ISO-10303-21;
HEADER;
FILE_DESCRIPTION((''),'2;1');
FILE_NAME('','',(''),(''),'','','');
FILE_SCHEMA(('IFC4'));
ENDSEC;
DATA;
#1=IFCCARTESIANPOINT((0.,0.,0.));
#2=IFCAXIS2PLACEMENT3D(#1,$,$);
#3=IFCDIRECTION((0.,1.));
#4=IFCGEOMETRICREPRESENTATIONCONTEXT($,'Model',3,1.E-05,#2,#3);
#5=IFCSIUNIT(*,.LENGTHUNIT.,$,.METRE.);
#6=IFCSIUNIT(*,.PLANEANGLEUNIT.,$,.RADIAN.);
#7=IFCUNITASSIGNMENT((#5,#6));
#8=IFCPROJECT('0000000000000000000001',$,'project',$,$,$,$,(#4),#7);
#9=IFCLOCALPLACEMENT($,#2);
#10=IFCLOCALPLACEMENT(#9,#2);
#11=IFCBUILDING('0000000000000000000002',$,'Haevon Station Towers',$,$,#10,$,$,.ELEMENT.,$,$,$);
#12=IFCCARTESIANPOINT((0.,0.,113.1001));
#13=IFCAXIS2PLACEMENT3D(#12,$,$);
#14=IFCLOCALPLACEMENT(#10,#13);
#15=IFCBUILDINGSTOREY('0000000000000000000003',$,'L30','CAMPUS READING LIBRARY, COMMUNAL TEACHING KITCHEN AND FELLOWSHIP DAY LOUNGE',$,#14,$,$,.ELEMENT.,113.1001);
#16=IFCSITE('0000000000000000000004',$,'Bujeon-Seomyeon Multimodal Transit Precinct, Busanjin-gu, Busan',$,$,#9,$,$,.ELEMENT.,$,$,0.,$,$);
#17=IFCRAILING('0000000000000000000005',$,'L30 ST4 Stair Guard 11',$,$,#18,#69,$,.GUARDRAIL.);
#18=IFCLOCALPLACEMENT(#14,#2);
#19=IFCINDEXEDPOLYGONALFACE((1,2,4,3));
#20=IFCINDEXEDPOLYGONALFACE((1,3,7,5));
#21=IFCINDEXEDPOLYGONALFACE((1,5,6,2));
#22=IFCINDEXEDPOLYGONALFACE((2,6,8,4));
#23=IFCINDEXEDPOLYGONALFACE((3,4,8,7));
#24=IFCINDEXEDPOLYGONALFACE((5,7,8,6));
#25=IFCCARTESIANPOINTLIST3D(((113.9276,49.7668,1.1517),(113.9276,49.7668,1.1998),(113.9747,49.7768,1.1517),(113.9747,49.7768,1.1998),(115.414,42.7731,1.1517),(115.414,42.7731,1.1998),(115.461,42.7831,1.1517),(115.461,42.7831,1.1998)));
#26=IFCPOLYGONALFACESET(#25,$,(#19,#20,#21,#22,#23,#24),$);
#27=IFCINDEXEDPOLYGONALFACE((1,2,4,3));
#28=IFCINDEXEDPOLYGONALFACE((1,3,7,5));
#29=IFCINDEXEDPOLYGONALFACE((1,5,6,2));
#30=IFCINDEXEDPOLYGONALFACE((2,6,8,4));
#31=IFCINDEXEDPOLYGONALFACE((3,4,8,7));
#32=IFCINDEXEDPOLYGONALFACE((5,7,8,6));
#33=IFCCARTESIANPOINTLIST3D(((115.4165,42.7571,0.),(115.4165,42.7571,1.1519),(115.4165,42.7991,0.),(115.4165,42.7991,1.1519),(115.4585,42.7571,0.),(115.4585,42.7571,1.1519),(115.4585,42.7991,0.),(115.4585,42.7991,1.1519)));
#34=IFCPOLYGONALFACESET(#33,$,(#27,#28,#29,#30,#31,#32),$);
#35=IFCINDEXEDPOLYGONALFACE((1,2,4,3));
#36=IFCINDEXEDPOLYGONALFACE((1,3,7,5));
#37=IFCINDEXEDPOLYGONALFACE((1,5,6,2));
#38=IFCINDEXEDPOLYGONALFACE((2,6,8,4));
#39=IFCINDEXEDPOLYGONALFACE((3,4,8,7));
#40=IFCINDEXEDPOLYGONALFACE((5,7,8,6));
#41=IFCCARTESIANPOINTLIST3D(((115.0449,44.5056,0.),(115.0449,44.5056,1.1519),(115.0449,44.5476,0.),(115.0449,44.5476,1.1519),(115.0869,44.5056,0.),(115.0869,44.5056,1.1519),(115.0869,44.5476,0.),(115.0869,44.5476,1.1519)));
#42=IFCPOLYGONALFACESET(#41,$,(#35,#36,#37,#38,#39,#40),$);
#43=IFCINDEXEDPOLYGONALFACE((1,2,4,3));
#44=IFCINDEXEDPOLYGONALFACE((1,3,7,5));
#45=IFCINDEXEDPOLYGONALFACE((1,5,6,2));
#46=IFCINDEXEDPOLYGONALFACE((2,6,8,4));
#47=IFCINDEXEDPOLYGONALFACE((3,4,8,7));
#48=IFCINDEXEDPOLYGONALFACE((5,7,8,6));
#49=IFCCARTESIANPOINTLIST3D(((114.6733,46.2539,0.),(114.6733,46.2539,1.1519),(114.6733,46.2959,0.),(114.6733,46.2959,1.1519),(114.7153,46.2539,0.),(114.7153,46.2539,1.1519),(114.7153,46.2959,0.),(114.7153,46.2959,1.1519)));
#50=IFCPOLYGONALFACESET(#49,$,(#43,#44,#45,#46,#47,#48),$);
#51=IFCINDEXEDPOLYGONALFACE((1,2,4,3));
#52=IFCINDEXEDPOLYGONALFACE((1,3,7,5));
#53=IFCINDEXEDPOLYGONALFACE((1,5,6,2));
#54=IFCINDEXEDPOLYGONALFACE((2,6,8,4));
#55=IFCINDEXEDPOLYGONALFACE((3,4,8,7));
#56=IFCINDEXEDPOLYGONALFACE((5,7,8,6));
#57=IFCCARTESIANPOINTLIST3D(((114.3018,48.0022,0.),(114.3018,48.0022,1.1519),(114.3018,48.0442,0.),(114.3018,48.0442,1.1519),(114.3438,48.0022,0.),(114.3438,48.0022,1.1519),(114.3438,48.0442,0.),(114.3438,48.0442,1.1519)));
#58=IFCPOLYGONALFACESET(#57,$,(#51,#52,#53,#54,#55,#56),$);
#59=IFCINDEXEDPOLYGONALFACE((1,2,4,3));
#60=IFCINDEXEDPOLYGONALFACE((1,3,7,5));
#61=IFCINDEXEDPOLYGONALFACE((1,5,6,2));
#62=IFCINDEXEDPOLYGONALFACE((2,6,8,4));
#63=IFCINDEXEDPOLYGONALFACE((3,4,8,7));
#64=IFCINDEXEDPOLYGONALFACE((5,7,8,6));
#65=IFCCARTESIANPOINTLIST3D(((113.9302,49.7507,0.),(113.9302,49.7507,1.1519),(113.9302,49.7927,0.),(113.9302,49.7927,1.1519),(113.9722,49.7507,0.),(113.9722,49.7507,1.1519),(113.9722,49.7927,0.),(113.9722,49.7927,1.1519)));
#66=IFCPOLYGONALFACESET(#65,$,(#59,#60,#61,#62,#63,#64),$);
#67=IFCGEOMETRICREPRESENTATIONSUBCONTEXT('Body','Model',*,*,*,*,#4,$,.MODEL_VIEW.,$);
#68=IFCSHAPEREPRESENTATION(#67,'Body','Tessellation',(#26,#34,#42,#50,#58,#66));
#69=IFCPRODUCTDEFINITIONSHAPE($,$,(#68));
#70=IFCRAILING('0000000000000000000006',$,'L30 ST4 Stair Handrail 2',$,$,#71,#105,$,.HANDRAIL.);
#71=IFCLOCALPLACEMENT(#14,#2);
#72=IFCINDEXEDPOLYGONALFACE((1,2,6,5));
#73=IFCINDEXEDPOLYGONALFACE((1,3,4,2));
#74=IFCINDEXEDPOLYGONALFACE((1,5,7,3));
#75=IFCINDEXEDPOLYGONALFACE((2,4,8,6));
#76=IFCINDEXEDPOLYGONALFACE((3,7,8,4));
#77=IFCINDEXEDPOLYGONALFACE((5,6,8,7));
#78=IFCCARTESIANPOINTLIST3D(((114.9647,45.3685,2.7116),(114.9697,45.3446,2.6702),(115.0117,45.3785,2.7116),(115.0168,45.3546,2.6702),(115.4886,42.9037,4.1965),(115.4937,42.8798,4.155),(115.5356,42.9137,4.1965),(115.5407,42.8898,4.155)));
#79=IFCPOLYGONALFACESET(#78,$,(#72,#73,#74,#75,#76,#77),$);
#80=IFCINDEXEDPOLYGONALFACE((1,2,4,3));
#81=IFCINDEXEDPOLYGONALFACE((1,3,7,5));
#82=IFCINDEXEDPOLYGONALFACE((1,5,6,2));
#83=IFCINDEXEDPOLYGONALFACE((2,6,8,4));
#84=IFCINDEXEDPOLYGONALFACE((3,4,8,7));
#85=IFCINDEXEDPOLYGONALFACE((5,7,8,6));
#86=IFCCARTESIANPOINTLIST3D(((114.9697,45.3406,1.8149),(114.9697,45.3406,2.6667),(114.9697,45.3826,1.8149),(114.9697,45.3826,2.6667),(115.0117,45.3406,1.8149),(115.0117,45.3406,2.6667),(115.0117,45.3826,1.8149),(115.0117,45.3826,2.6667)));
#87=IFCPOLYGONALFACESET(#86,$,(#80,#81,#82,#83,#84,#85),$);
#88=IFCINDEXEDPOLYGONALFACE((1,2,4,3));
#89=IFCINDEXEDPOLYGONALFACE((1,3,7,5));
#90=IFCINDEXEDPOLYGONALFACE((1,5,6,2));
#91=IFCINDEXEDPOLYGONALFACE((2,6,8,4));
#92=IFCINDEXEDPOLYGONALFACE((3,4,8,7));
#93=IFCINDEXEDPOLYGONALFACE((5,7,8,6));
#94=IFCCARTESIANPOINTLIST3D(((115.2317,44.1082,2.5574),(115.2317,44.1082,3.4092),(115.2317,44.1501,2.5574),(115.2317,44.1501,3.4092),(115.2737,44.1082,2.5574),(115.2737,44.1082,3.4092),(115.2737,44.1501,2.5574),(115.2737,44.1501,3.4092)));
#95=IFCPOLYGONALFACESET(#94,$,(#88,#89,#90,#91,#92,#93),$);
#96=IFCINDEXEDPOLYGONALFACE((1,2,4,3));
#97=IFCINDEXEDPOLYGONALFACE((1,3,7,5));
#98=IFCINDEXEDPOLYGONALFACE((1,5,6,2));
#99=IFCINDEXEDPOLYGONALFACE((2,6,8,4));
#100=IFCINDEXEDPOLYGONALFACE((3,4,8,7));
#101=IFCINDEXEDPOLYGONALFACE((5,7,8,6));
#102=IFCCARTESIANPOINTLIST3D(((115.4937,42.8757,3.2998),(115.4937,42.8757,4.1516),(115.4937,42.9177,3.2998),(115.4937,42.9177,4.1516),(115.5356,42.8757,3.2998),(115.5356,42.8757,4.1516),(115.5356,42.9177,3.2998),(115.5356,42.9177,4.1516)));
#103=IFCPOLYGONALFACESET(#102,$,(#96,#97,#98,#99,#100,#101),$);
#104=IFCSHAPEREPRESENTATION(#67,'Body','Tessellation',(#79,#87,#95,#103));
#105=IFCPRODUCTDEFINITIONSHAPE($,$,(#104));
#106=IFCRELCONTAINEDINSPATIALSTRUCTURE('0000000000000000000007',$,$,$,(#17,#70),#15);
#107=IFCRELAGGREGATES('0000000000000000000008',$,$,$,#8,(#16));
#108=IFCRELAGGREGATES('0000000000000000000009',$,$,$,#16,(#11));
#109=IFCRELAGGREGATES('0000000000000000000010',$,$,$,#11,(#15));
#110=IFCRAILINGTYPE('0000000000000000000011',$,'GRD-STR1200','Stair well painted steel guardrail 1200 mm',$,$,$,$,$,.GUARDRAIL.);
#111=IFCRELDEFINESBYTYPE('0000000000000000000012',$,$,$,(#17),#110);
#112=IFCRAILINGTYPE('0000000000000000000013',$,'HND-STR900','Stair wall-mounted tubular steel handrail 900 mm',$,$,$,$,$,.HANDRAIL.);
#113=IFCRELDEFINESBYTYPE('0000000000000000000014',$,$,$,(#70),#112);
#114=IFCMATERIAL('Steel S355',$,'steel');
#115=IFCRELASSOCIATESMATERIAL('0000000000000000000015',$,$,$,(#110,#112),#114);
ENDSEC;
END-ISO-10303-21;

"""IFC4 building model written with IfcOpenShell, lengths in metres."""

from ifc_helpers import new_model, si_unit, direction, frame, origin, origin_2d, place, context, subcontext, project, spatial, rectangle, extrude, material, type_object, element, save


model = new_model("IFC4")

# Units and contexts
model_context = context("Model", 3, precision=1e-05, world=origin(), true_north=direction((0.0, 1.0)))
body_context = subcontext(model_context, "Body", "Model", "MODEL_VIEW")
ifc_project = project(units=[si_unit("LENGTHUNIT", "METRE"), si_unit("PLANEANGLEUNIT", "RADIAN")], contexts=[model_context])

# Site, building, storey
site_placement = place(None, origin())
site = spatial("IfcSite", under=ifc_project, at=site_placement, Name="Bujeon-Seomyeon Multimodal Transit Precinct, Busanjin-gu, Busan", CompositionType="ELEMENT", RefElevation=0.0)
building_placement = place(site_placement, origin())
building = spatial("IfcBuilding", under=site, at=building_placement, Name="Haevon Station Towers", CompositionType="ELEMENT")
storey_placement = place(building_placement, frame((0.0, 0.0, 113.1001)))
storey = spatial("IfcBuildingStorey", under=building, at=storey_placement, Name="L30", Description="CAMPUS READING LIBRARY, COMMUNAL TEACHING KITCHEN AND FELLOWSHIP DAY LOUNGE", CompositionType="ELEMENT", Elevation=113.1001)

# Railings
ifc_material_1 = material(Name="Steel S355", Category="steel")
railing_type_1 = type_object("IfcRailingType", Name="GRD-STR1200", Description="Stair well painted steel guardrail 1200 mm", PredefinedType="GUARDRAIL", material=ifc_material_1)
railing_1_placement = place(storey_placement, frame((115.4375, 42.7781, 0.0)))
element("IfcRailing", 1, at=railing_1_placement, inside=storey, type_object=railing_type_1, Name="L30 ST4 Stair Guard 11", PredefinedType="GUARDRAIL", context=body_context, shape_type="SweptSolid", body=[
    extrude(rectangle(XDim=0.0481, YDim=0.0481, at=origin_2d()), frame((0.0, 0.0, 1.1758), z_axis=(-0.207882, 0.978154, 0.0), x_axis=(-0.978154, -0.207882, 0.0)), (0.0, 0.0, 1.0), 7.1499),
    extrude(rectangle(XDim=0.042, YDim=0.042, at=origin_2d()), origin(), (0.0, 0.0, 1.0), 1.1519),
    extrude(rectangle(XDim=0.042, YDim=0.042, at=origin_2d()), frame((-0.3716, 1.7485, 0.0)), (0.0, 0.0, 1.0), 1.1519),
    extrude(rectangle(XDim=0.042, YDim=0.042, at=origin_2d()), frame((-0.7432, 3.4968, 0.0)), (0.0, 0.0, 1.0), 1.1519),
    extrude(rectangle(XDim=0.042, YDim=0.042, at=origin_2d()), frame((-1.1147, 5.2451, 0.0)), (0.0, 0.0, 1.0), 1.1519),
    extrude(rectangle(XDim=0.042, YDim=0.042, at=origin_2d()), frame((-1.4863, 6.9937, 0.0)), (0.0, 0.0, 1.0), 1.1519),
])
railing_type_2 = type_object("IfcRailingType", Name="HND-STR900", Description="Stair wall-mounted tubular steel handrail 900 mm", PredefinedType="HANDRAIL", material=ifc_material_1)
railing_2_placement = place(storey_placement, frame((114.9907, 45.3616, 1.8149)))
element("IfcRailing", 2, at=railing_2_placement, inside=storey, type_object=railing_type_2, Name="L30 ST4 Stair Handrail 2", PredefinedType="HANDRAIL", context=body_context, shape_type="SweptSolid", body=[
    extrude(rectangle(XDim=0.0481, YDim=0.0481, at=origin_2d()), frame((0.0, 0.0, 0.876), z_axis=(0.179129, -0.842724, 0.507671), x_axis=(0.978147, 0.207914, 0.0)), (0.0, 0.0, 1.0), 2.9248),
    extrude(rectangle(XDim=0.042, YDim=0.042, at=origin_2d()), origin(), (0.0, 0.0, 1.0), 0.8518),
    extrude(rectangle(XDim=0.042, YDim=0.042, at=origin_2d()), frame((0.262, -1.2324, 0.7424)), (0.0, 0.0, 1.0), 0.8518),
    extrude(rectangle(XDim=0.042, YDim=0.042, at=origin_2d()), frame((0.5239, -2.4648, 1.4849)), (0.0, 0.0, 1.0), 0.8518),
])

save(model, "model.ifc")
